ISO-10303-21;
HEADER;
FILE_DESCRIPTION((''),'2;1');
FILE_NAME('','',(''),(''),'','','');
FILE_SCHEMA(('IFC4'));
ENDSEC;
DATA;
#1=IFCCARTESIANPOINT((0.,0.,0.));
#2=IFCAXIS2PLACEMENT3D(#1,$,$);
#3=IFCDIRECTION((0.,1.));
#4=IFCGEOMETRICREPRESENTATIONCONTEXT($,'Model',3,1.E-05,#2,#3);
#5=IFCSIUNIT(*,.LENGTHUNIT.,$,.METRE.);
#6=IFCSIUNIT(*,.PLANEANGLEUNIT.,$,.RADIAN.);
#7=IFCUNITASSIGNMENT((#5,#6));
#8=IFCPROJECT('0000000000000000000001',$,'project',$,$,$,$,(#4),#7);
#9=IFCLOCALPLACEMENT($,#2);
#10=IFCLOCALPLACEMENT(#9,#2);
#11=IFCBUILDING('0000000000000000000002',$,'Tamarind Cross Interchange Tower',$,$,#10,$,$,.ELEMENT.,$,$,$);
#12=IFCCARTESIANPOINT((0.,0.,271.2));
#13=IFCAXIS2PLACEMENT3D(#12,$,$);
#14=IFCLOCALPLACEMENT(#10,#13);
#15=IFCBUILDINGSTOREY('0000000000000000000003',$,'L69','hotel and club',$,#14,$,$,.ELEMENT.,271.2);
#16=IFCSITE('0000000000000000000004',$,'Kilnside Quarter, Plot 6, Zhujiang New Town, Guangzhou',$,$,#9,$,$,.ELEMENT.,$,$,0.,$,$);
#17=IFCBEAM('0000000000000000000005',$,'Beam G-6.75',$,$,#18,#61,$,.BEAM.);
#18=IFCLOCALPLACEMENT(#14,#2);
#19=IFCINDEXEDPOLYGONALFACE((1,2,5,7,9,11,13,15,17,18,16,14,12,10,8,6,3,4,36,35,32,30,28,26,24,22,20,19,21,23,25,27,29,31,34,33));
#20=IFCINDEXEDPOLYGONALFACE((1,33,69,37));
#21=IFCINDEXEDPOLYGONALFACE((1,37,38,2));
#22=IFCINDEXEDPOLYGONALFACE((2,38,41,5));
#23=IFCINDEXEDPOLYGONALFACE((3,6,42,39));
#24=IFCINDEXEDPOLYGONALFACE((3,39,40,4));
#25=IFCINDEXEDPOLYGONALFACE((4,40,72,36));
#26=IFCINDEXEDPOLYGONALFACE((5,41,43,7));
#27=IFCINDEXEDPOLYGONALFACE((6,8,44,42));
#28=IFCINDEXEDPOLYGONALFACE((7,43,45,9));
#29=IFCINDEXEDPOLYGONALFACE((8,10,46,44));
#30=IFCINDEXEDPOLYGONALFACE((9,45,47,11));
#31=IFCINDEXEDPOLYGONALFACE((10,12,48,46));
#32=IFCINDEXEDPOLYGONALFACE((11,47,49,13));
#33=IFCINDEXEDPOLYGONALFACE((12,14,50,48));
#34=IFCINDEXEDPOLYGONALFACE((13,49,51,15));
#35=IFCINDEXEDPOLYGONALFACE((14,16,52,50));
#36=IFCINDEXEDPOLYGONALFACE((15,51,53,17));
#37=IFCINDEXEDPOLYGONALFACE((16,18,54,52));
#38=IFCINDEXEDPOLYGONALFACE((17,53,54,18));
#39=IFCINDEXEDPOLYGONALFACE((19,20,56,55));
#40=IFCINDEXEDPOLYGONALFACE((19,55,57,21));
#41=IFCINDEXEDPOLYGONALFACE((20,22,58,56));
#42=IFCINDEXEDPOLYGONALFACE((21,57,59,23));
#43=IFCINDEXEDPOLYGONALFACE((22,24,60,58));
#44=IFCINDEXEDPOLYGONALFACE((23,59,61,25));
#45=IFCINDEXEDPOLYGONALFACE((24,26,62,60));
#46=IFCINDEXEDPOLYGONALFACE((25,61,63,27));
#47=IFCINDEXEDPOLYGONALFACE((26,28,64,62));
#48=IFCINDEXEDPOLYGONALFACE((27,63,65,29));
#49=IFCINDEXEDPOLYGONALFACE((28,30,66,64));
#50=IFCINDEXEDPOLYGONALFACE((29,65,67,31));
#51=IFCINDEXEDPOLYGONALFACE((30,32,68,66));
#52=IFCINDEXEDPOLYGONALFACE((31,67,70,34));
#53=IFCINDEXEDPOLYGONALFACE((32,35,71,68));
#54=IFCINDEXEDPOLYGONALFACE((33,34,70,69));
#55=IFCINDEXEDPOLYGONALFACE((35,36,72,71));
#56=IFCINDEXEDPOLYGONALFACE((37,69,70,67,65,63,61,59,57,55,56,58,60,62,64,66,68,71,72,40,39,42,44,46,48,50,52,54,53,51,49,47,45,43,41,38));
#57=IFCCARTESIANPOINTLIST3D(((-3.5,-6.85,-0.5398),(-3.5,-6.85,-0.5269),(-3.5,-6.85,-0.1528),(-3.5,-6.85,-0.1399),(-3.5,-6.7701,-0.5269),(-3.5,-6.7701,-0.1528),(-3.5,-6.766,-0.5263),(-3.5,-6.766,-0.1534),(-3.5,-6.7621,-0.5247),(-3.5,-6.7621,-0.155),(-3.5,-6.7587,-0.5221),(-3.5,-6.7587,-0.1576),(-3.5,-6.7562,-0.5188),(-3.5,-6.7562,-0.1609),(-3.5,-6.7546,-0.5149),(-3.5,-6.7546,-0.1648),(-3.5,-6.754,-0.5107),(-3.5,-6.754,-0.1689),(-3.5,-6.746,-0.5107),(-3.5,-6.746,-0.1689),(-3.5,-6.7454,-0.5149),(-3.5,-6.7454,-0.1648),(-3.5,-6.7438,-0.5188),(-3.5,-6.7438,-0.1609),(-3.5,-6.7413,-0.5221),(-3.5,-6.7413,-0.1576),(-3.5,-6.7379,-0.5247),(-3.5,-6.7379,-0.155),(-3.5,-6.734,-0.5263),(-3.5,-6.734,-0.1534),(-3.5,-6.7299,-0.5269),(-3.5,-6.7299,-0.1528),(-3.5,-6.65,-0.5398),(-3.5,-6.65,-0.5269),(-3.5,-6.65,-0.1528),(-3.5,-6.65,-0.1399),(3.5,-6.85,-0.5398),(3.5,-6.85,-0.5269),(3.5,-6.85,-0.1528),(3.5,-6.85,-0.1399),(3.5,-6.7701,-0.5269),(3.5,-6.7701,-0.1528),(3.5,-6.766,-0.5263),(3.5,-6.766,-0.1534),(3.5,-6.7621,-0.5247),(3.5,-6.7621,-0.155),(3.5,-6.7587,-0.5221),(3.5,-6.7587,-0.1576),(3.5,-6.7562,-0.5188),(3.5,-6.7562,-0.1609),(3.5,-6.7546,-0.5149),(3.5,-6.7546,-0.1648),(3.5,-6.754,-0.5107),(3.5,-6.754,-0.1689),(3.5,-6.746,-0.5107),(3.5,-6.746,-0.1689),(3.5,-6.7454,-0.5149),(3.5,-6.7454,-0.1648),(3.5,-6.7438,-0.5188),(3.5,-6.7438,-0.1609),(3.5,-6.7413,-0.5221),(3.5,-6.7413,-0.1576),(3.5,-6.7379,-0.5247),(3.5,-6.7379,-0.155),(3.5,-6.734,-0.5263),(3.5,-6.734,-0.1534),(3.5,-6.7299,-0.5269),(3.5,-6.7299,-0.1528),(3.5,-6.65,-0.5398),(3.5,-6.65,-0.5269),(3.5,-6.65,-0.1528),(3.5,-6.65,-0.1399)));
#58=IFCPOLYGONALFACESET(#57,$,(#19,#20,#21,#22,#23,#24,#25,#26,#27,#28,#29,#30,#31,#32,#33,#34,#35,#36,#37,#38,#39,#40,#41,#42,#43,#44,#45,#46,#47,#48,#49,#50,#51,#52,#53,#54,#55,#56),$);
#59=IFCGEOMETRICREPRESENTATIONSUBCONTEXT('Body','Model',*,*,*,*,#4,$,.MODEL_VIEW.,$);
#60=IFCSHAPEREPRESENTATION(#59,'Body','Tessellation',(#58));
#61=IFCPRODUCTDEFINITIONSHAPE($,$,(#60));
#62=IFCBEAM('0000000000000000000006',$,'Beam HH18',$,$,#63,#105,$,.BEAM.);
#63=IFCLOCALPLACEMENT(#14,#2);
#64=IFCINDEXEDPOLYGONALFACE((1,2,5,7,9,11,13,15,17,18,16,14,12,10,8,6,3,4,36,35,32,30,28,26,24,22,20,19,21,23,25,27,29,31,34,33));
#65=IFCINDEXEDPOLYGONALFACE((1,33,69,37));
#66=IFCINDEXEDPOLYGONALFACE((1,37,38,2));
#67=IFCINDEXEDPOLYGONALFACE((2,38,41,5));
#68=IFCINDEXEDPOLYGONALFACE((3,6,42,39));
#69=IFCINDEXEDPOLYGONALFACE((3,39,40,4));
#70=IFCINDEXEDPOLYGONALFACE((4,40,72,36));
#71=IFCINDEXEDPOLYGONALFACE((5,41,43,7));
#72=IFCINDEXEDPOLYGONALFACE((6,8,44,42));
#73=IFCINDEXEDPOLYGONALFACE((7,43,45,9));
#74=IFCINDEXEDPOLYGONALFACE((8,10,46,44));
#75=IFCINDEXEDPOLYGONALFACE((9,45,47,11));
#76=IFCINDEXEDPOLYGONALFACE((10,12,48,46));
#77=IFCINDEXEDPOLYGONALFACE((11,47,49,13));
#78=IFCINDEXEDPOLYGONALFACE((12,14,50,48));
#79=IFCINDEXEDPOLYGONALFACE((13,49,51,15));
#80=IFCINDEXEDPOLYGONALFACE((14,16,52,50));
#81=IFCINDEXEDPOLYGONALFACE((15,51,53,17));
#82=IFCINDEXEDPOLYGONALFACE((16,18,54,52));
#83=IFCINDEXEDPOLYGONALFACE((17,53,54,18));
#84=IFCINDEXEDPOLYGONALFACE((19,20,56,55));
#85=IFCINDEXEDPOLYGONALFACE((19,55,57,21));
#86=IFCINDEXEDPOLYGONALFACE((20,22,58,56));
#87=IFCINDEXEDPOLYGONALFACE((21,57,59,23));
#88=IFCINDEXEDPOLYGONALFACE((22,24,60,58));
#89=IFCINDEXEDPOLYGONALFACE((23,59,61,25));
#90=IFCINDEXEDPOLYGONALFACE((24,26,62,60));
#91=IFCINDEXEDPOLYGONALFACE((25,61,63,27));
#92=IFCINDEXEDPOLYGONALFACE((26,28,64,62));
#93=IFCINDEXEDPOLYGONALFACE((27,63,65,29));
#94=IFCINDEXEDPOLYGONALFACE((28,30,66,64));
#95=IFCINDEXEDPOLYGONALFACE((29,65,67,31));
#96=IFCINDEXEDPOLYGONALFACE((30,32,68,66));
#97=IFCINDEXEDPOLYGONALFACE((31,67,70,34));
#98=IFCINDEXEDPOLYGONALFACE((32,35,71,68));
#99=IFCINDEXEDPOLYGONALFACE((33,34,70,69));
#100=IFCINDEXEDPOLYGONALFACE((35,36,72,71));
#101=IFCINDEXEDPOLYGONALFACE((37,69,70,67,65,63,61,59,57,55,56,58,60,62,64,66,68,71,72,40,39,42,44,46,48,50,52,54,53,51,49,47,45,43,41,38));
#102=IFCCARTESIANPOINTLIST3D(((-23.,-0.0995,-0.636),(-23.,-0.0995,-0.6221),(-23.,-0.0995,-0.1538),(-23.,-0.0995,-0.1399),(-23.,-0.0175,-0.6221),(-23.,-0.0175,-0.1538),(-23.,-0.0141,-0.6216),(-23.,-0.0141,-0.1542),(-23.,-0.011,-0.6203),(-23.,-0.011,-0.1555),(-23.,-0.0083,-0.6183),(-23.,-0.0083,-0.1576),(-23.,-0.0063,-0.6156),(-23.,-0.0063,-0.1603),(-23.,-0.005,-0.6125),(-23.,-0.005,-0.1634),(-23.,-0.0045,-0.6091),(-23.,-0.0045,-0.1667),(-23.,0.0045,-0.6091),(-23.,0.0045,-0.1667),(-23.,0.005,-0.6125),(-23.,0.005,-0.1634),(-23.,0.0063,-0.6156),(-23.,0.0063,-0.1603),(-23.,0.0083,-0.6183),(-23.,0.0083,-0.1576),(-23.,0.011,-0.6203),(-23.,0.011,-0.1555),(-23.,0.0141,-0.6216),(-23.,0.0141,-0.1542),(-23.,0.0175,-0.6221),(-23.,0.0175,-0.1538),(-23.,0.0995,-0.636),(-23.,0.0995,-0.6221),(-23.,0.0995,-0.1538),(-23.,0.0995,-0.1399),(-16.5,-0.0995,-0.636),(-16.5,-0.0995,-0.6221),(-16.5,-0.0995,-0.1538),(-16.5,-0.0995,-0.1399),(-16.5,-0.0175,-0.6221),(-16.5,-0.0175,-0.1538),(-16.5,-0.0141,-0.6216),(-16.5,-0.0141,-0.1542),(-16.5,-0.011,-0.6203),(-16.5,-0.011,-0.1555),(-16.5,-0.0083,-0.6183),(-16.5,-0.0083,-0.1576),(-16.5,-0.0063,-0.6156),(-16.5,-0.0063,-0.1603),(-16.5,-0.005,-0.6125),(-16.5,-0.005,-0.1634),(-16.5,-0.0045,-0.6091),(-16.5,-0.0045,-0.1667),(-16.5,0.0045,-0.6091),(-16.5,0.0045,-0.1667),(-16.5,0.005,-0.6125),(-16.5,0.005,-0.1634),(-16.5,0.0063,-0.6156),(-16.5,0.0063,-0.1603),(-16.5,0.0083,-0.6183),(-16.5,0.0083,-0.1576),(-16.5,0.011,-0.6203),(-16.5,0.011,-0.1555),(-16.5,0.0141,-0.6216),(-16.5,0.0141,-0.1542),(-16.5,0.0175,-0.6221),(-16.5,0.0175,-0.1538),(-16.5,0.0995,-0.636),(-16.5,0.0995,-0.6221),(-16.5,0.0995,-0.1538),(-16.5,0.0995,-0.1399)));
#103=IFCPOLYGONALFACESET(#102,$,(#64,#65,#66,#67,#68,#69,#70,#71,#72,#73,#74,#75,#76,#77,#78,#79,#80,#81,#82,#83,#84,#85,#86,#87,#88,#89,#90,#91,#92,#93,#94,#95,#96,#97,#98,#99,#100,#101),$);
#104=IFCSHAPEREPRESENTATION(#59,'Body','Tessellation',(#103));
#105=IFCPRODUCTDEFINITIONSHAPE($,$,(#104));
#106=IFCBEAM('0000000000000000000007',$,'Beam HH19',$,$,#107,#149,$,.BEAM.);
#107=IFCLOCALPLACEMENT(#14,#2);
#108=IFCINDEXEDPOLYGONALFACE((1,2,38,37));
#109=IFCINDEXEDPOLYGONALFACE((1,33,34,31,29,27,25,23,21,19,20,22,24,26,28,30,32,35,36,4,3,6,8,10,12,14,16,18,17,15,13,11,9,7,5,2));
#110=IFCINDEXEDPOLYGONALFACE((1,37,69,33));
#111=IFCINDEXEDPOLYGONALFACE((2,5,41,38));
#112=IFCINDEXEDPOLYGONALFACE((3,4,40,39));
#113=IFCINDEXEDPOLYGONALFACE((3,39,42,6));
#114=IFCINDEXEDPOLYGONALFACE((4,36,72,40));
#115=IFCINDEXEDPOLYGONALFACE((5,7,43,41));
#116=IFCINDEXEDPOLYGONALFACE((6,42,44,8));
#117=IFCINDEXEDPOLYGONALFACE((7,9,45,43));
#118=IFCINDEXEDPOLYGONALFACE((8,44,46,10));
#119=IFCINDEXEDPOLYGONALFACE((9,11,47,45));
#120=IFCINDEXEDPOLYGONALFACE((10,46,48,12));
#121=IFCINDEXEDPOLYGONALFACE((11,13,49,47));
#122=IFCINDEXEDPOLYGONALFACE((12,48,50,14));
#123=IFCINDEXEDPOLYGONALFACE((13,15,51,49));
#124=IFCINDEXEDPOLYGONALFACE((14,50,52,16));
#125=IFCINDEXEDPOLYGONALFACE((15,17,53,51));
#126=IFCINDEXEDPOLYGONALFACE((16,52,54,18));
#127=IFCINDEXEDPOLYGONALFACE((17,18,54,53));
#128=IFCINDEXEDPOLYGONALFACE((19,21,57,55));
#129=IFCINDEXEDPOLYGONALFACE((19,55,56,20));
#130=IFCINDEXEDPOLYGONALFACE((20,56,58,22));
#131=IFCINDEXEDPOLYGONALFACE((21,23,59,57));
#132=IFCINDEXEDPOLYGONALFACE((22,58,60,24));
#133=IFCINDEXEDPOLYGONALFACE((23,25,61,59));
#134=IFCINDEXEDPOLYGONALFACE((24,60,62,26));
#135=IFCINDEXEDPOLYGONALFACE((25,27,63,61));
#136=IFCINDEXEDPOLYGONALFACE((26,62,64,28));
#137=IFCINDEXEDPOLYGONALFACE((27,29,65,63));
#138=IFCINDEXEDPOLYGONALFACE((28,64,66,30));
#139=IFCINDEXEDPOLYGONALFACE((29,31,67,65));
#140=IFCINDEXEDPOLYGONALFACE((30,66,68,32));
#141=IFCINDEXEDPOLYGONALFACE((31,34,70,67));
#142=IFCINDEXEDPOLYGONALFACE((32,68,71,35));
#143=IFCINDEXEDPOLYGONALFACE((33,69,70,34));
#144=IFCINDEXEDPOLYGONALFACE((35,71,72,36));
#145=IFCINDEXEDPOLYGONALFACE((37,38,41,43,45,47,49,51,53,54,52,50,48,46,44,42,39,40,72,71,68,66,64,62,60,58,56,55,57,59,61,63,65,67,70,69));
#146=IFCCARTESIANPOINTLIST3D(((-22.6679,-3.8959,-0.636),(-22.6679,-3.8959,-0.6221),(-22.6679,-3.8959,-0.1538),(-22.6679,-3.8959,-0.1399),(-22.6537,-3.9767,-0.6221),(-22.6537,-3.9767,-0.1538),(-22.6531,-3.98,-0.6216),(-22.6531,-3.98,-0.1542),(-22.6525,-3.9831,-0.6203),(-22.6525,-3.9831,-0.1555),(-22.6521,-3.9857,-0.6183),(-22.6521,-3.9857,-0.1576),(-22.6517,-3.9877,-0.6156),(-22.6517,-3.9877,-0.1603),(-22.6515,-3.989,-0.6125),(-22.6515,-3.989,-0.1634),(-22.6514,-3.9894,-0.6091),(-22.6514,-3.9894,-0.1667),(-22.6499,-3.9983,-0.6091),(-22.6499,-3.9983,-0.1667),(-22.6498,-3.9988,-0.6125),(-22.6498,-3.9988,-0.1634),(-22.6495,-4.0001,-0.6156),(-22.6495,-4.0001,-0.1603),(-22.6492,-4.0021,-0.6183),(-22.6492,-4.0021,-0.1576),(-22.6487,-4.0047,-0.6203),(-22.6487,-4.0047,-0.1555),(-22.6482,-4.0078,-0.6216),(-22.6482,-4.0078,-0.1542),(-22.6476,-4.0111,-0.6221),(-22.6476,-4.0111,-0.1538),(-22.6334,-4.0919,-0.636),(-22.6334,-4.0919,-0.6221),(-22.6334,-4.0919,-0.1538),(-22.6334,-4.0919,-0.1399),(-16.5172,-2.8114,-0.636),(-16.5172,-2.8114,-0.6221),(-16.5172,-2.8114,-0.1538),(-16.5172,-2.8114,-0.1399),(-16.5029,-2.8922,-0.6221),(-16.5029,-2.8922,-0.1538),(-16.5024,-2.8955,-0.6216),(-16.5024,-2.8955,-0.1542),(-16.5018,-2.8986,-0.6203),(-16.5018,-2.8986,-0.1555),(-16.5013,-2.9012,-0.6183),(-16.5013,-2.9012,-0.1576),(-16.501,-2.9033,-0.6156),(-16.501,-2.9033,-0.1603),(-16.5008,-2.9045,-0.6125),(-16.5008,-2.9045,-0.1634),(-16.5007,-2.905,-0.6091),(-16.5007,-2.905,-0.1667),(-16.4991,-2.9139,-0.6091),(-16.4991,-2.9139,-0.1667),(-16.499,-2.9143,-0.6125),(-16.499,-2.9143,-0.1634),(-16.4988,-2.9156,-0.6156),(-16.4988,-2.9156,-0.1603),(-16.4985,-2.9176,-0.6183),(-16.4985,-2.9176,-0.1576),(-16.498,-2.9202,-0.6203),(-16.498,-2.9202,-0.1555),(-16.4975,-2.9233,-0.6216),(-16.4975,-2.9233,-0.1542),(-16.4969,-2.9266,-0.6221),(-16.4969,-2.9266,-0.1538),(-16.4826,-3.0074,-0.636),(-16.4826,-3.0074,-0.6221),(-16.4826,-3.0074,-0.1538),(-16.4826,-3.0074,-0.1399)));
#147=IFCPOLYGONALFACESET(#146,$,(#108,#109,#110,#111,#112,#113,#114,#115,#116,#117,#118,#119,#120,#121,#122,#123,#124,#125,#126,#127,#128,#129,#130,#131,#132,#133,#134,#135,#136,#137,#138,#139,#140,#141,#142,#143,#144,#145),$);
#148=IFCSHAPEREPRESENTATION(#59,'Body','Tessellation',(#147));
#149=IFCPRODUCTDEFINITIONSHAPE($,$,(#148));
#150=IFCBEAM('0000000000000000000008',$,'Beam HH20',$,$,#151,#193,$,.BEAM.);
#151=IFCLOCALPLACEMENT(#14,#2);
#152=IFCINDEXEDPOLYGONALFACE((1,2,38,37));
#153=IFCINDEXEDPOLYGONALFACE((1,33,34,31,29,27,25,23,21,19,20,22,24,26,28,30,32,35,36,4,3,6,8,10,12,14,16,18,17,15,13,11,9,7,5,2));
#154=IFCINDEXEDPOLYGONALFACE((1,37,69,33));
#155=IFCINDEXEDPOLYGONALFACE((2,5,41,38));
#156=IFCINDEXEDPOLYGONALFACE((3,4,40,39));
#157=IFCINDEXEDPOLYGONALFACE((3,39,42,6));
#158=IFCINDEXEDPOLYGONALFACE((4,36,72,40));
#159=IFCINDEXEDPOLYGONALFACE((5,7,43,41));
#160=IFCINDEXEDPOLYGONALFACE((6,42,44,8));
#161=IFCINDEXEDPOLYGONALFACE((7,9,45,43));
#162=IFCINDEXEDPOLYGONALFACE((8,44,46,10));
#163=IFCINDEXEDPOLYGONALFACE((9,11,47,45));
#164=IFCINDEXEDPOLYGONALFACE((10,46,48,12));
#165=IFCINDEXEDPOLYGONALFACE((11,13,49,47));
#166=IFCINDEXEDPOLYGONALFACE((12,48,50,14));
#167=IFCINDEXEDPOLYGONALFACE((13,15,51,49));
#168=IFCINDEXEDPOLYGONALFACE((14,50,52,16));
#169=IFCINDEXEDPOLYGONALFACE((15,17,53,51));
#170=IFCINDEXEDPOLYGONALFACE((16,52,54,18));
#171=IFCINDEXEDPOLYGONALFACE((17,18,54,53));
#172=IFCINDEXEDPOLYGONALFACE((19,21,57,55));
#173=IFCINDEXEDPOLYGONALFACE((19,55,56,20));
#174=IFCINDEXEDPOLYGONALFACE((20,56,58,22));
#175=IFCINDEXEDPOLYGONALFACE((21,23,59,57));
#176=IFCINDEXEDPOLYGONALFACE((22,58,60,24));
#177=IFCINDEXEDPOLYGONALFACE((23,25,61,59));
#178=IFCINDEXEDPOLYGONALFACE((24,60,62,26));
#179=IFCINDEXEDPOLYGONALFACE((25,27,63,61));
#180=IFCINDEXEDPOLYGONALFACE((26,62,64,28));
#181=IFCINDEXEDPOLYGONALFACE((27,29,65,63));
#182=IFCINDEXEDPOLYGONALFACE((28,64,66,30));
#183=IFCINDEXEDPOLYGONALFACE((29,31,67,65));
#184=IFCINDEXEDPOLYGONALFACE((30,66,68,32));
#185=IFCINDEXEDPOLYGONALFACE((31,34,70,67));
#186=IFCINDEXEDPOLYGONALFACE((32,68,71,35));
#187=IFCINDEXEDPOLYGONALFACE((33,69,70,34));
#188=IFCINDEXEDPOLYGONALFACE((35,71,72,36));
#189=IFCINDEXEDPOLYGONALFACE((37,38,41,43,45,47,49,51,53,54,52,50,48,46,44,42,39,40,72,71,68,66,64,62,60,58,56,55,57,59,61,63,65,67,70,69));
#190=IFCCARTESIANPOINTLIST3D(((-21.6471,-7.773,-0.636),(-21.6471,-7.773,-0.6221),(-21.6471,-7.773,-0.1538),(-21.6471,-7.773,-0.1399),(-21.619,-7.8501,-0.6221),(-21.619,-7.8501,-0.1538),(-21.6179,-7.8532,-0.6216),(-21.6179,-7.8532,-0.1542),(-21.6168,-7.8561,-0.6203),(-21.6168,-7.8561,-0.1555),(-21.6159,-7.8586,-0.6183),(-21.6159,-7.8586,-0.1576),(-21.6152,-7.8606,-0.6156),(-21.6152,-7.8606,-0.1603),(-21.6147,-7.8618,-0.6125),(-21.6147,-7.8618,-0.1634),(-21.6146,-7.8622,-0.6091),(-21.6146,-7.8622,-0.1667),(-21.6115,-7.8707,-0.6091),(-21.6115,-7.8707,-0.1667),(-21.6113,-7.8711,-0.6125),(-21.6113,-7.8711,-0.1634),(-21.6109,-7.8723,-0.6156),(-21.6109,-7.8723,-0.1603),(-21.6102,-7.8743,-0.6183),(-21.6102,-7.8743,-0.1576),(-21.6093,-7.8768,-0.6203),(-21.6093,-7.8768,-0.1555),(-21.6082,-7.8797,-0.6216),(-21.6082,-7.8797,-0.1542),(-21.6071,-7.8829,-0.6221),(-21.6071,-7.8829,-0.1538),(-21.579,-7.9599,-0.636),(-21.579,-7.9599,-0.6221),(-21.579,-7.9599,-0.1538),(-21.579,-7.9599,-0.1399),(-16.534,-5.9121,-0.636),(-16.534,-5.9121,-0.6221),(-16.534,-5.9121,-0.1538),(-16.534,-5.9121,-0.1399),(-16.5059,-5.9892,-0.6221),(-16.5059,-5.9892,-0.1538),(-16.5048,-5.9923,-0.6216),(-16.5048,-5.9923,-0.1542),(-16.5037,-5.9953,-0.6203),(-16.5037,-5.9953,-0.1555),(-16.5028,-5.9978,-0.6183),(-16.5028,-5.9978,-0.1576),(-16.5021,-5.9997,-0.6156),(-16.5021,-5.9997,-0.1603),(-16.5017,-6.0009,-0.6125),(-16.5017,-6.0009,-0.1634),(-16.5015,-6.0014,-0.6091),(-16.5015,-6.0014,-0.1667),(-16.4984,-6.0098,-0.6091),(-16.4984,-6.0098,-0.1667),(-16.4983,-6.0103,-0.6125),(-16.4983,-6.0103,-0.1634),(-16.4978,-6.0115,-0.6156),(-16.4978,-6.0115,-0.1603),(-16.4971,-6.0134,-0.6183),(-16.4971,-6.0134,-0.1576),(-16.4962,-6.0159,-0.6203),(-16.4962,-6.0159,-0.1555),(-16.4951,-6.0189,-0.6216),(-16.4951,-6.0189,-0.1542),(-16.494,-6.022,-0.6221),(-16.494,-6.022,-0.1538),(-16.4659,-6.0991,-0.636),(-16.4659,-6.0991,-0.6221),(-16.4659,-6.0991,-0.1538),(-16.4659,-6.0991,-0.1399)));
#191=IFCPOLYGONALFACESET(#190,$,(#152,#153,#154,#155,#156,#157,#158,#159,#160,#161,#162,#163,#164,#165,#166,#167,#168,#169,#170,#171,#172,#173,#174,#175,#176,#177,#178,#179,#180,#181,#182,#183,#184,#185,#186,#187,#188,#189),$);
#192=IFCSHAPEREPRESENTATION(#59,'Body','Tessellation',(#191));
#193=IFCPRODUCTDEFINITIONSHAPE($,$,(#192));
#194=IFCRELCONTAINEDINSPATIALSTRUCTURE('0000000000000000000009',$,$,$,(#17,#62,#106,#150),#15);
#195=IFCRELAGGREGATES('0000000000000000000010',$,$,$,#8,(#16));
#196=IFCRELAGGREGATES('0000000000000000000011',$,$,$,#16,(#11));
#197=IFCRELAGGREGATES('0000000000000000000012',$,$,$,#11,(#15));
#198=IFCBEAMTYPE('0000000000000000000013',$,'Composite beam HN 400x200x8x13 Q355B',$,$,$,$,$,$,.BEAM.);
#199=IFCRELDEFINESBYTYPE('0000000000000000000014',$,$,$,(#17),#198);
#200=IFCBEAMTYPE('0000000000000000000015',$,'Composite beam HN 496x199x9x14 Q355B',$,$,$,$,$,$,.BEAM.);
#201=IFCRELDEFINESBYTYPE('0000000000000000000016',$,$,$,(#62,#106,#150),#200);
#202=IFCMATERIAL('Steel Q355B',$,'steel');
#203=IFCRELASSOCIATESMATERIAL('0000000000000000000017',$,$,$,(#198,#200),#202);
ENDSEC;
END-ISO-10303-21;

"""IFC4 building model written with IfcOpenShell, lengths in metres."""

from ifc_helpers import new_model, si_unit, direction, frame, origin, origin_2d, place, context, subcontext, project, spatial, i_section, extrude, material, material_profile, profile_set, type_object, element, save


model = new_model("IFC4")

# Units and contexts
model_context = context("Model", 3, precision=1e-05, world=origin(), true_north=direction((0.0, 1.0)))
body_context = subcontext(model_context, "Body", "Model", "MODEL_VIEW")
ifc_project = project(units=[si_unit("LENGTHUNIT", "METRE"), si_unit("PLANEANGLEUNIT", "RADIAN")], contexts=[model_context])

# Site, building, storey
site_placement = place(None, origin())
site = spatial("IfcSite", under=ifc_project, at=site_placement, Name="Kilnside Quarter, Plot 6, Zhujiang New Town, Guangzhou", CompositionType="ELEMENT", RefElevation=0.0)
building_placement = place(site_placement, origin())
building = spatial("IfcBuilding", under=site, at=building_placement, Name="Tamarind Cross Interchange Tower", CompositionType="ELEMENT")
storey_placement = place(building_placement, frame((0.0, 0.0, 271.2)))
storey = spatial("IfcBuildingStorey", under=building, at=storey_placement, Name="L69", Description="hotel and club", CompositionType="ELEMENT", Elevation=271.2)

# Beams
ifc_material_1 = material(Name="Steel Q355B", Category="steel")
ifc_material_profile_1 = material_profile(ifc_material_1, i_section(OverallWidth=0.2, OverallDepth=0.3999, WebThickness=0.0081, FlangeThickness=0.0129, FilletRadius=0.0161, at=origin_2d()), Name="HN 400x200x8x13")
ifc_profile_set_1 = profile_set([ifc_material_profile_1], Name="Steel Q355B")
beam_type_1 = type_object("IfcBeamType", Name="Composite beam HN 400x200x8x13 Q355B", PredefinedType="BEAM", material=ifc_profile_set_1)
for number, where, z_axis, x_axis, name in (
    (1, (-3.5, -6.75, -0.3398), (1.0, 0.0, 0.0), (0.0, 1.0, 0.0), "Beam G-6.75"),
):
    element("IfcBeam", number, at=place(storey_placement, frame(where, z_axis=z_axis, x_axis=x_axis)), inside=storey, type_object=beam_type_1, Name=name, PredefinedType="BEAM", context=body_context, shape_type="SweptSolid", body=[
        extrude(i_section(OverallWidth=0.2, OverallDepth=0.3999, WebThickness=0.0081, FlangeThickness=0.0129, FilletRadius=0.0161, at=origin_2d()), origin(), (0.0, 0.0, 1.0), 7.0),
    ])
ifc_material_profile_2 = material_profile(ifc_material_1, i_section(OverallWidth=0.199, OverallDepth=0.4961, WebThickness=0.009, FlangeThickness=0.0139, FilletRadius=0.0129, at=origin_2d()), Name="HN 496x199x9x14")
ifc_profile_set_2 = profile_set([ifc_material_profile_2], Name="Steel Q355B")
beam_type_2 = type_object("IfcBeamType", Name="Composite beam HN 496x199x9x14 Q355B", PredefinedType="BEAM", material=ifc_profile_set_2)
beam_1_placement = place(storey_placement, frame((-23.0, 0.0, -0.3879), z_axis=(1.0, 0.0, 0.0), x_axis=(0.0, 1.0, 0.0)))
element("IfcBeam", 2, at=beam_1_placement, inside=storey, type_object=beam_type_2, Name="Beam HH18", PredefinedType="BEAM", context=body_context, shape_type="SweptSolid", body=[
    extrude(i_section(OverallWidth=0.199, OverallDepth=0.4961, WebThickness=0.009, FlangeThickness=0.0139, FilletRadius=0.0129, at=origin_2d()), origin(), (0.0, 0.0, 1.0), 6.5),
])
beam_2_placement = place(storey_placement, frame((-22.6506, -3.9939, -0.3879), z_axis=(0.984809, 0.17364, 0.0), x_axis=(-0.17364, 0.984809, 0.0)))
element("IfcBeam", 3, at=beam_2_placement, inside=storey, type_object=beam_type_2, Name="Beam HH19", PredefinedType="BEAM", context=body_context, shape_type="SweptSolid", body=[
    extrude(i_section(OverallWidth=0.199, OverallDepth=0.4961, WebThickness=0.009, FlangeThickness=0.0139, FilletRadius=0.0129, at=origin_2d()), origin(), (0.0, 0.0, 1.0), 6.2456),
])
beam_3_placement = place(storey_placement, frame((-21.613, -7.8665, -0.3879), z_axis=(0.939702, 0.341995, 0.0), x_axis=(-0.341995, 0.939702, 0.0)))
element("IfcBeam", 4, at=beam_3_placement, inside=storey, type_object=beam_type_2, Name="Beam HH20", PredefinedType="BEAM", context=body_context, shape_type="SweptSolid", body=[
    extrude(i_section(OverallWidth=0.199, OverallDepth=0.4961, WebThickness=0.009, FlangeThickness=0.0139, FilletRadius=0.0129, at=origin_2d()), origin(), (0.0, 0.0, 1.0), 5.4412),
])

save(model, "model.ifc")
